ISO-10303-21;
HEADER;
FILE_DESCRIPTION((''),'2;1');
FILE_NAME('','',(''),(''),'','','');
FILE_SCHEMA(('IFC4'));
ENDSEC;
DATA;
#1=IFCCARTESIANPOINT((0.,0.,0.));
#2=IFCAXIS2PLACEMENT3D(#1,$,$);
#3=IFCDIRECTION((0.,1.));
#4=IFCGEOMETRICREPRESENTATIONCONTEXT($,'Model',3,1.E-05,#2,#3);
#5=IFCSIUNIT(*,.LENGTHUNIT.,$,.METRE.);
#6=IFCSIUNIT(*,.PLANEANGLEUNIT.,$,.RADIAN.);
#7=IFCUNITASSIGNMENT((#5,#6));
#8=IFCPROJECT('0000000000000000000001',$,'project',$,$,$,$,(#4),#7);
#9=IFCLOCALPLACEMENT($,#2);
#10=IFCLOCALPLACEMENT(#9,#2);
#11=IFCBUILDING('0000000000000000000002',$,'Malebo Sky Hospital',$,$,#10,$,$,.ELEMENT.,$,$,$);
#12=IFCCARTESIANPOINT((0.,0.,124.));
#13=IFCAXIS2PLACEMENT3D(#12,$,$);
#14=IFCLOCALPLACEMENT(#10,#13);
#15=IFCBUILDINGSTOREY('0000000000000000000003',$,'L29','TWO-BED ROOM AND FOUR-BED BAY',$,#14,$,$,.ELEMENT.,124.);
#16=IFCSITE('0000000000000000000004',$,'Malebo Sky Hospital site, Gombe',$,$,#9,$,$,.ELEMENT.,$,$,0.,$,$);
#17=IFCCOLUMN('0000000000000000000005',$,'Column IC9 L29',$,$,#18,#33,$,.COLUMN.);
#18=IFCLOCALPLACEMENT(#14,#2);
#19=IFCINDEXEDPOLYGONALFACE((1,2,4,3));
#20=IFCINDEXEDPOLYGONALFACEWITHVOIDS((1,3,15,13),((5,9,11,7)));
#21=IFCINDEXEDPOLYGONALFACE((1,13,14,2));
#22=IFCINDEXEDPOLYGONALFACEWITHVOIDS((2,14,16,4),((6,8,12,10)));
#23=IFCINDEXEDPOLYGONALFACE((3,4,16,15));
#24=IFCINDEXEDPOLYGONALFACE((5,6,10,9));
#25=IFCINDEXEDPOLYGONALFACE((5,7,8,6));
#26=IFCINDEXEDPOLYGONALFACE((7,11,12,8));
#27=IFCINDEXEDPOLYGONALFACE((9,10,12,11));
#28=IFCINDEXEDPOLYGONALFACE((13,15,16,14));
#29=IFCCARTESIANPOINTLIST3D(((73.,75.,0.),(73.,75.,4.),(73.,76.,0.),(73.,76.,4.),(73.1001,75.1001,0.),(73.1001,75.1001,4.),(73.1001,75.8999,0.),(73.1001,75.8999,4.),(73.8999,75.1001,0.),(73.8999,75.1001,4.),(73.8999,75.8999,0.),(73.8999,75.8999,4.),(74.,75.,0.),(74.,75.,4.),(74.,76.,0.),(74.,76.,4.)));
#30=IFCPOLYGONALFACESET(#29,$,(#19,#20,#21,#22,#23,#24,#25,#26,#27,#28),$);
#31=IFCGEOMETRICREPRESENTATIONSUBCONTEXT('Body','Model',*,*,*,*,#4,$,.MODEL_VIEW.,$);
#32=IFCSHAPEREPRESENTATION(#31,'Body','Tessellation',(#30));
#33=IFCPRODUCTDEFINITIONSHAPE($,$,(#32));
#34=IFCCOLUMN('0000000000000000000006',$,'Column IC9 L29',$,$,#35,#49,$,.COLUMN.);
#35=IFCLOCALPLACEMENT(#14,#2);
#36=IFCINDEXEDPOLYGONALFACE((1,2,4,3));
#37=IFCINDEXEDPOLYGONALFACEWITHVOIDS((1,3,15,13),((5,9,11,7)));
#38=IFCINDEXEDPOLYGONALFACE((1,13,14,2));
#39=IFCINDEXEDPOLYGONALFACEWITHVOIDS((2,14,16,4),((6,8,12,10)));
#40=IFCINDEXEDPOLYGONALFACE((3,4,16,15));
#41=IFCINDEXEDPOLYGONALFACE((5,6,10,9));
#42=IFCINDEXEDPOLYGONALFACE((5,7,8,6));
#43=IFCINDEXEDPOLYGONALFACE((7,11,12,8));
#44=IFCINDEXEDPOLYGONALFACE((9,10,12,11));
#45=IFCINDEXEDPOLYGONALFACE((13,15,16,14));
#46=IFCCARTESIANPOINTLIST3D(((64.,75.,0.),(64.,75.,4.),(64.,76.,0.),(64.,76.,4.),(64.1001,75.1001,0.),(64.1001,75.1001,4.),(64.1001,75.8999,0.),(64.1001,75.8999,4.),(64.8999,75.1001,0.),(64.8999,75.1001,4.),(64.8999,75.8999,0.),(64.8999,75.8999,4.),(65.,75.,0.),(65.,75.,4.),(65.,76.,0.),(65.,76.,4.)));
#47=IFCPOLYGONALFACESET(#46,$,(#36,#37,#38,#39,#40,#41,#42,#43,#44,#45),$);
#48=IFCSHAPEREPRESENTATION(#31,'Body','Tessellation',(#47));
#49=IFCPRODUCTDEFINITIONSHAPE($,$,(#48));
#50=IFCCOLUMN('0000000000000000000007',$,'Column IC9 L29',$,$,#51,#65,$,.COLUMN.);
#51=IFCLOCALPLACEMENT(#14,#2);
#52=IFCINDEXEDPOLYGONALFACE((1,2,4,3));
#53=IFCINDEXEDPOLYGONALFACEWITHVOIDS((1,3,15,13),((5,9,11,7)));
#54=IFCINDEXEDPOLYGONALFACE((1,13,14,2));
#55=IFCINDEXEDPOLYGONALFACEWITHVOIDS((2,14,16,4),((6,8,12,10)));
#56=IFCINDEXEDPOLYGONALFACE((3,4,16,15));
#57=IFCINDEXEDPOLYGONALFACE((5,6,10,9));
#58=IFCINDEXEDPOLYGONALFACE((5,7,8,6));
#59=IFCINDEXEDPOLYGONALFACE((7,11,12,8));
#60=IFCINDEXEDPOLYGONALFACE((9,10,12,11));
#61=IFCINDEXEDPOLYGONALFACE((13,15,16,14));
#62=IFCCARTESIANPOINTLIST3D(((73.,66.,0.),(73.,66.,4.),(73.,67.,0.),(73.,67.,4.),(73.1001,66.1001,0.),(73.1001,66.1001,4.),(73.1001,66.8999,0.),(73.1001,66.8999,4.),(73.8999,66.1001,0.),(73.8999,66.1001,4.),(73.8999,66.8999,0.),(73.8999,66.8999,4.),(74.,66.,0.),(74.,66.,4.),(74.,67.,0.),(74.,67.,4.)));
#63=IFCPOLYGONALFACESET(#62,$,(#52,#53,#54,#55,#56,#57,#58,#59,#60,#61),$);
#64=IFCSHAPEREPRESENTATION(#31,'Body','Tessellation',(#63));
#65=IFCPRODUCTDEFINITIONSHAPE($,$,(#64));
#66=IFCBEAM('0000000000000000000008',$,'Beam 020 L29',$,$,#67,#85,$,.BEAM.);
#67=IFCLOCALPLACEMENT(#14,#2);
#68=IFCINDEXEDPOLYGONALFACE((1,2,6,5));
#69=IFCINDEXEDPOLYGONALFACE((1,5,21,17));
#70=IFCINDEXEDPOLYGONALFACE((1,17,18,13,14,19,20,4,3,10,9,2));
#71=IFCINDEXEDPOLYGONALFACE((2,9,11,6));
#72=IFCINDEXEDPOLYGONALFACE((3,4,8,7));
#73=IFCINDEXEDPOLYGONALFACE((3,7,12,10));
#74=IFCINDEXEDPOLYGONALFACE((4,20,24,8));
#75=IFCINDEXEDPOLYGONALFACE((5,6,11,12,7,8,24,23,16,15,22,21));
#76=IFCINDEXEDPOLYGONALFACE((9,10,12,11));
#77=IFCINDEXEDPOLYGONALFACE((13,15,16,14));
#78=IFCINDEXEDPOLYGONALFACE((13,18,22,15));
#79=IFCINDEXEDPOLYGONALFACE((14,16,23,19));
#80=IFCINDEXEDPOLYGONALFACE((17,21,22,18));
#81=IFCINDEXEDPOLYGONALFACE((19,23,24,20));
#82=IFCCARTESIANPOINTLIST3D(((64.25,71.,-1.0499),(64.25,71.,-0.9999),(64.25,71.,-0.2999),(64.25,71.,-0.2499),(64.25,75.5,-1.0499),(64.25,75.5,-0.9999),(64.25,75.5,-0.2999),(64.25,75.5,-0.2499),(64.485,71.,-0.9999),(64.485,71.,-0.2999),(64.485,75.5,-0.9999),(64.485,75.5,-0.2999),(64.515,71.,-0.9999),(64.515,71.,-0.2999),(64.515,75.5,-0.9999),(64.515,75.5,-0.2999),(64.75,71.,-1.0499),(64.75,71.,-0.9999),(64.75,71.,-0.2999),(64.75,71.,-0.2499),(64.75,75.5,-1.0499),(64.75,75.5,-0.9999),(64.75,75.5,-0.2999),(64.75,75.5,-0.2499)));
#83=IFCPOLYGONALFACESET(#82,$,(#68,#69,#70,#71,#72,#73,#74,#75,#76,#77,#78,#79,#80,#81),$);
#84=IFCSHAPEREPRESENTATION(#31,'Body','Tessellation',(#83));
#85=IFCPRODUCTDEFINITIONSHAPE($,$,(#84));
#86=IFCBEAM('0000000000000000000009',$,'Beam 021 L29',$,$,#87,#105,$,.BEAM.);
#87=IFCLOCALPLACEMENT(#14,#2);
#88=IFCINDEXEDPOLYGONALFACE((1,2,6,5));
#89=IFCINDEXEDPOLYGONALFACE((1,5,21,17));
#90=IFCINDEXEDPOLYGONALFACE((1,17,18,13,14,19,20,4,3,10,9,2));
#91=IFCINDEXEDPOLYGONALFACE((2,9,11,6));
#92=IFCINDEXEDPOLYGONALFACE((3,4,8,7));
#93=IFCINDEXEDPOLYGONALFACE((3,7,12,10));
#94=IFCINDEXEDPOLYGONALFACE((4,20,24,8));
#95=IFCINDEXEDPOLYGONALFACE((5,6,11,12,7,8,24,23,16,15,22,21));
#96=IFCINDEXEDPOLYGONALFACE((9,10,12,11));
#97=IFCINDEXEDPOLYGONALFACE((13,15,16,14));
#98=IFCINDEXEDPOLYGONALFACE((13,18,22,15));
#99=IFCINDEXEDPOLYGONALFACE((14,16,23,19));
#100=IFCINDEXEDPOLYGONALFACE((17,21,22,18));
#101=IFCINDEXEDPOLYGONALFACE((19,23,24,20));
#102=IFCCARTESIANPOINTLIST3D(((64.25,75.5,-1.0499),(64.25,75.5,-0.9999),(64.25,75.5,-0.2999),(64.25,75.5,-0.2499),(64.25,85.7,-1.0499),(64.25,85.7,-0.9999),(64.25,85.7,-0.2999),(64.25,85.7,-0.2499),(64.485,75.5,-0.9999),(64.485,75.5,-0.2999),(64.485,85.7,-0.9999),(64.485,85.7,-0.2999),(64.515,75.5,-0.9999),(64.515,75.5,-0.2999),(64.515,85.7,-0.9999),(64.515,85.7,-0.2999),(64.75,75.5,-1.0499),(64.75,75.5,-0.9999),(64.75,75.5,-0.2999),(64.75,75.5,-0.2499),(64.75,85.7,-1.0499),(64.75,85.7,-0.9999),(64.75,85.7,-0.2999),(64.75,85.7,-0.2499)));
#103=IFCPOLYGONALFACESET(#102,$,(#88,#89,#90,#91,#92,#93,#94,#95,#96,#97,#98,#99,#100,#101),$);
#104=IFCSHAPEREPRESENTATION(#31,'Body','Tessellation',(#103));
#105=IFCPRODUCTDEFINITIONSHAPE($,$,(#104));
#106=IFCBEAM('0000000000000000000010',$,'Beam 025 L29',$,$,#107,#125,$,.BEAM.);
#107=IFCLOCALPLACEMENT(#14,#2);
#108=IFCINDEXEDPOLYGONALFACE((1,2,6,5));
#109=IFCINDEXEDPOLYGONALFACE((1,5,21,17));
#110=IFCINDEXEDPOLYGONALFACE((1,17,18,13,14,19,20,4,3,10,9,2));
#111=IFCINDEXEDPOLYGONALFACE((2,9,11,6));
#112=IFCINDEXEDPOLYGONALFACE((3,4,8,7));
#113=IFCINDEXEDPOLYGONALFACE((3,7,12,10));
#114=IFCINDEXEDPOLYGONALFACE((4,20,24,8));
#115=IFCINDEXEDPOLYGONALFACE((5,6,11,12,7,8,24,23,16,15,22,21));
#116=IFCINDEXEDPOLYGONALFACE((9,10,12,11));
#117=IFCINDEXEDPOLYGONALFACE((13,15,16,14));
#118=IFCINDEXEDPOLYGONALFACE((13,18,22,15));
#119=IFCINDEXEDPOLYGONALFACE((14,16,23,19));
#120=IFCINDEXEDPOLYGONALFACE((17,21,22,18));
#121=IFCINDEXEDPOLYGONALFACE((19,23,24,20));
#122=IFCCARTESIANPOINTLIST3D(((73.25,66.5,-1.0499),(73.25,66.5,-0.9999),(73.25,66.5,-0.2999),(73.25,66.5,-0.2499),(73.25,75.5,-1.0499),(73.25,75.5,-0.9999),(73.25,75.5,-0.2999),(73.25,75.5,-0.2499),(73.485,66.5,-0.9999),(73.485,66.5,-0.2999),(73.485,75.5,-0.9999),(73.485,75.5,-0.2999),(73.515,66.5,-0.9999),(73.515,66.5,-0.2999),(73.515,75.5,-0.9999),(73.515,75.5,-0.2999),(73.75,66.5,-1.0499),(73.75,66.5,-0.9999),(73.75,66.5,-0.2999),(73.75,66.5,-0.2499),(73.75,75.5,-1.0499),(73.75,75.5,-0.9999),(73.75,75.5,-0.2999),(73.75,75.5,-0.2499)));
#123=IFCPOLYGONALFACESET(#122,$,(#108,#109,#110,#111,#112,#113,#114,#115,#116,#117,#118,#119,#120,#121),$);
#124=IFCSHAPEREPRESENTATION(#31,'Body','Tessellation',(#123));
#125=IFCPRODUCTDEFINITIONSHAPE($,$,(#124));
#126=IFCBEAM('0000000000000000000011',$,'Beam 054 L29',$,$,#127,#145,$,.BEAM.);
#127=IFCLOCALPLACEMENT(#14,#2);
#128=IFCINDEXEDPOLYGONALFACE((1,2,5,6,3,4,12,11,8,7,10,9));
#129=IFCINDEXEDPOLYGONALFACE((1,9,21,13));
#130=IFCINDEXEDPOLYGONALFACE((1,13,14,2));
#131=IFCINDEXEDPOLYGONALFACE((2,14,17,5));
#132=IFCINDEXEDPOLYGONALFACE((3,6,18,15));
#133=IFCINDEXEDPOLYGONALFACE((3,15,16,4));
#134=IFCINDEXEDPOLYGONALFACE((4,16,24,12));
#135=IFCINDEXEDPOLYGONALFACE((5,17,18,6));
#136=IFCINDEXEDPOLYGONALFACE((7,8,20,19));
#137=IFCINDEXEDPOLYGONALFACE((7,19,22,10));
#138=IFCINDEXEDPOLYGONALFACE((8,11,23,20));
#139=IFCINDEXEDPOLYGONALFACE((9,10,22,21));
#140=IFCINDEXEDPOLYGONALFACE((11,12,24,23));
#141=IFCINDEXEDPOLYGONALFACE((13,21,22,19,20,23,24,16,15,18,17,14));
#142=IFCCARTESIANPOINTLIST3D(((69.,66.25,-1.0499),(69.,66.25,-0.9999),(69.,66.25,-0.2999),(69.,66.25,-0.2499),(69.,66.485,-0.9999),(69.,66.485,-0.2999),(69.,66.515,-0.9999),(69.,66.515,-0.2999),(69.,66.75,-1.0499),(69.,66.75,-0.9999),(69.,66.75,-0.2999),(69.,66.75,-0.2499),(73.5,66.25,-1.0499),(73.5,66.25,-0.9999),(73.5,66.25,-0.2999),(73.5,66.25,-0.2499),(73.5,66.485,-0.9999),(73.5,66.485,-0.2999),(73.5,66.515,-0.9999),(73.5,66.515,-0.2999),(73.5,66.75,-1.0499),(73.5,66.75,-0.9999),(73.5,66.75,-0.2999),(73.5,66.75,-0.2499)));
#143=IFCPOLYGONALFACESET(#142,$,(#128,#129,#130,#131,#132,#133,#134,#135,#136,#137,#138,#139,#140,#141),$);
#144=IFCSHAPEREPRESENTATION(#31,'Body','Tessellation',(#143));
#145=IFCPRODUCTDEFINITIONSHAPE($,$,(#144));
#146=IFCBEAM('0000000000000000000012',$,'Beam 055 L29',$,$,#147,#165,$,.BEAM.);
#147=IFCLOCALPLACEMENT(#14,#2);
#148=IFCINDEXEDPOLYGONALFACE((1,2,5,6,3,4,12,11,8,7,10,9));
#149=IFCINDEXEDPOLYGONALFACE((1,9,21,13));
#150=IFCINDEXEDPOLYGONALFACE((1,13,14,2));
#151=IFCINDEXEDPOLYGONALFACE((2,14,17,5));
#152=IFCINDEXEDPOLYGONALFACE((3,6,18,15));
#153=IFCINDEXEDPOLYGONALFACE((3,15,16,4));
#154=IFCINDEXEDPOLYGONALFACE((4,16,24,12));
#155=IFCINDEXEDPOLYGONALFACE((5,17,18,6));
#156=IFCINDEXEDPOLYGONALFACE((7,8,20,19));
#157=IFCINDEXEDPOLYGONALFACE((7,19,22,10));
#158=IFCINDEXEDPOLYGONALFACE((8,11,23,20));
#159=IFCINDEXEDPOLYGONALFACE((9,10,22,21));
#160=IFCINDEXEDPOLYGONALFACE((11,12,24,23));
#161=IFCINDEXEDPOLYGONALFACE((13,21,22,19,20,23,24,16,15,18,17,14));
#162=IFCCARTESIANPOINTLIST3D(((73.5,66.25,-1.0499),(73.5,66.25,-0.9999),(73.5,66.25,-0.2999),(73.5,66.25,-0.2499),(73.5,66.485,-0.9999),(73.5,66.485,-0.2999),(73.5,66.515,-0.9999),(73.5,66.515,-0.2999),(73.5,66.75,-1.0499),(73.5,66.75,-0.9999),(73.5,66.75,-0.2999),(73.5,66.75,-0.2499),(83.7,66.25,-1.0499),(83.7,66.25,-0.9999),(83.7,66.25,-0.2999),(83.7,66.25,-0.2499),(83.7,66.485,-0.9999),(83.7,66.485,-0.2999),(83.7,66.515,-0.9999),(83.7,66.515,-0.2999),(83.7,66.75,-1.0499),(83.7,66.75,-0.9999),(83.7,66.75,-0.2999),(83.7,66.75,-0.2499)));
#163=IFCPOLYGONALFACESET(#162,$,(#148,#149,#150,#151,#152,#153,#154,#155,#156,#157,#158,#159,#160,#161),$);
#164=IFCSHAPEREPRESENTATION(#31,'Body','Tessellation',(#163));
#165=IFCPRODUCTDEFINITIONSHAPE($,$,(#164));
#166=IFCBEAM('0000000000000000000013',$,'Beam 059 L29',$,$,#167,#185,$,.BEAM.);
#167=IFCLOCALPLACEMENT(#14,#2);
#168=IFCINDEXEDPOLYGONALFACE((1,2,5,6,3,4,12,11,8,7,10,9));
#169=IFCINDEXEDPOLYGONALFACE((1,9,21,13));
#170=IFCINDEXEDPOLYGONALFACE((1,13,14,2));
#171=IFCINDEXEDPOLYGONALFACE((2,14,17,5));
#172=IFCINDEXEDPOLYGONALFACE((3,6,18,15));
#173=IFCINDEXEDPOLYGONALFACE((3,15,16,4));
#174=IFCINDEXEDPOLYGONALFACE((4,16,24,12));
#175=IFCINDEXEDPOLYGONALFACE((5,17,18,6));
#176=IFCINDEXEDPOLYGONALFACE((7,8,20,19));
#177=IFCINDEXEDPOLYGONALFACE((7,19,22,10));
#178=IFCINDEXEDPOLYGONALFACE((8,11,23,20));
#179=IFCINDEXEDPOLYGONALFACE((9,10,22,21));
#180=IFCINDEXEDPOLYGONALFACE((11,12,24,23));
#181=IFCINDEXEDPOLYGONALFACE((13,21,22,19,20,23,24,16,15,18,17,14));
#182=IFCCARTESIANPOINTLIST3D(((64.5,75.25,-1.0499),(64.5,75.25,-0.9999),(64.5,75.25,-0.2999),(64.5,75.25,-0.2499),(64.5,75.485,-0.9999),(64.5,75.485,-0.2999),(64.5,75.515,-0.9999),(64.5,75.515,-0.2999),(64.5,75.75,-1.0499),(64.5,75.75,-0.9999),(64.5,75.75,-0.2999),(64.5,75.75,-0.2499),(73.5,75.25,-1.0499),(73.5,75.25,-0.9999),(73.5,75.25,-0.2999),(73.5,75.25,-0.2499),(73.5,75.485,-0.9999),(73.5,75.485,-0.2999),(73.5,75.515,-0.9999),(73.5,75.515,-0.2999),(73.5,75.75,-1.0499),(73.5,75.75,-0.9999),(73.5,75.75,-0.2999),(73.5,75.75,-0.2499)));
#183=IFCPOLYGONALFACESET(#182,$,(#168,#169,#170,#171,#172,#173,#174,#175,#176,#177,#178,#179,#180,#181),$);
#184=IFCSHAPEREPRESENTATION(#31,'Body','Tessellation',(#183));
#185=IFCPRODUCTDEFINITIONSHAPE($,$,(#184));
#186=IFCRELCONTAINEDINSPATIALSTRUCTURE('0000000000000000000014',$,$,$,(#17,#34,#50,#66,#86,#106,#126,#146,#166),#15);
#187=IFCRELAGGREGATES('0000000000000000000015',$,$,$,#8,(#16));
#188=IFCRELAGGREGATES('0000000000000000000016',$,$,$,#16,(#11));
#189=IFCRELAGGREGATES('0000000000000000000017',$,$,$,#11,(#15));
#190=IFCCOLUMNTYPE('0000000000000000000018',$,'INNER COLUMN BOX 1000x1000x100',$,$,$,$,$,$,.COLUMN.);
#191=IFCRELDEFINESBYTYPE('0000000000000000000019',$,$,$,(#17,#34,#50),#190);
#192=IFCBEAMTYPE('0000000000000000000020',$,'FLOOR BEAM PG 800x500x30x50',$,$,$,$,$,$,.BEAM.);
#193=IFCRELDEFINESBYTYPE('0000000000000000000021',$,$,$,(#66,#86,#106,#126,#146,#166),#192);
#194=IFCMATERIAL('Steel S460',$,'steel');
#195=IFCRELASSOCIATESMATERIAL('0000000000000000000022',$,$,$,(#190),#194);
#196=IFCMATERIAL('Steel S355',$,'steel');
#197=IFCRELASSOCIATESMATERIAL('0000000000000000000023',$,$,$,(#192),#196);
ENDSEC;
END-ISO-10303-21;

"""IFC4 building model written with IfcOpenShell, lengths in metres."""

from ifc_helpers import new_model, si_unit, direction, frame, origin, origin_2d, place, context, subcontext, project, spatial, hollow_rectangle, i_section, extrude, material, material_profile, profile_set, type_object, element, save


model = new_model("IFC4")

# Units and contexts
model_context = context("Model", 3, precision=1e-05, world=origin(), true_north=direction((0.0, 1.0)))
body_context = subcontext(model_context, "Body", "Model", "MODEL_VIEW")
ifc_project = project(units=[si_unit("LENGTHUNIT", "METRE"), si_unit("PLANEANGLEUNIT", "RADIAN")], contexts=[model_context])

# Site, building, storey
site_placement = place(None, origin())
site = spatial("IfcSite", under=ifc_project, at=site_placement, Name="Malebo Sky Hospital site, Gombe", CompositionType="ELEMENT", RefElevation=0.0)
building_placement = place(site_placement, origin())
building = spatial("IfcBuilding", under=site, at=building_placement, Name="Malebo Sky Hospital", CompositionType="ELEMENT")
storey_placement = place(building_placement, frame((0.0, 0.0, 124.0)))
storey = spatial("IfcBuildingStorey", under=building, at=storey_placement, Name="L29", Description="TWO-BED ROOM AND FOUR-BED BAY", CompositionType="ELEMENT", Elevation=124.0)

# Columns
ifc_material_1 = material(Name="Steel S460", Category="steel")
ifc_material_profile_1 = material_profile(ifc_material_1, hollow_rectangle(XDim=1.0, YDim=1.0, WallThickness=0.1001, at=origin_2d()), Name="BOX 1000x1000x100")
ifc_profile_set_1 = profile_set([ifc_material_profile_1], Name="Steel S460")
column_type = type_object("IfcColumnType", Name="INNER COLUMN BOX 1000x1000x100", PredefinedType="COLUMN", material=ifc_profile_set_1)
for number, where, z_axis, x_axis, name in (
    (1, (73.5, 75.5, 0.0), (0.0, 0.0, 1.0), (1.0, 0.0, 0.0), "Column IC9 L29"),
    (2, (64.5, 75.5, 0.0), (0.0, 0.0, 1.0), (1.0, 0.0, 0.0), "Column IC9 L29"),
    (3, (73.5, 66.5, 0.0), (0.0, 0.0, 1.0), (1.0, 0.0, 0.0), "Column IC9 L29"),
):
    element("IfcColumn", number, at=place(storey_placement, frame(where, z_axis=z_axis, x_axis=x_axis)), inside=storey, type_object=column_type, Name=name, PredefinedType="COLUMN", context=body_context, shape_type="SweptSolid", body=[
        extrude(hollow_rectangle(XDim=1.0, YDim=1.0, WallThickness=0.1001, at=origin_2d()), origin(), (0.0, 0.0, 1.0), 4.0),
    ])

# Beams
ifc_material_2 = material(Name="Steel S355", Category="steel")
ifc_material_profile_2 = material_profile(ifc_material_2, i_section(OverallWidth=0.5, OverallDepth=0.8, WebThickness=0.03, FlangeThickness=0.05, at=origin_2d()), Name="PG 800x500x30x50")
ifc_profile_set_2 = profile_set([ifc_material_profile_2], Name="Steel S355")
beam_type_1 = type_object("IfcBeamType", Name="FLOOR BEAM PG 800x500x30x50", PredefinedType="BEAM", material=ifc_profile_set_2)
beam_1_placement = place(storey_placement, frame((64.5, 71.0, -0.6499), z_axis=(0.0, 1.0, 0.0), x_axis=(-1.0, 0.0, 0.0)))
element("IfcBeam", 4, at=beam_1_placement, inside=storey, type_object=beam_type_1, Name="Beam 020 L29", PredefinedType="BEAM", context=body_context, shape_type="SweptSolid", body=[
    extrude(i_section(OverallWidth=0.5, OverallDepth=0.8, WebThickness=0.03, FlangeThickness=0.05, at=origin_2d()), origin(), (0.0, 0.0, 1.0), 4.5),
])
beam_2_placement = place(storey_placement, frame((64.5, 75.5, -0.6499), z_axis=(0.0, 1.0, 0.0), x_axis=(-1.0, 0.0, 0.0)))
element("IfcBeam", 5, at=beam_2_placement, inside=storey, type_object=beam_type_1, Name="Beam 021 L29", PredefinedType="BEAM", context=body_context, shape_type="SweptSolid", body=[
    extrude(i_section(OverallWidth=0.5, OverallDepth=0.8, WebThickness=0.03, FlangeThickness=0.05, at=origin_2d()), origin(), (0.0, 0.0, 1.0), 10.2),
])
beam_3_placement = place(storey_placement, frame((73.5, 66.5, -0.6499), z_axis=(0.0, 1.0, 0.0), x_axis=(-1.0, 0.0, 0.0)))
element("IfcBeam", 6, at=beam_3_placement, inside=storey, type_object=beam_type_1, Name="Beam 025 L29", PredefinedType="BEAM", context=body_context, shape_type="SweptSolid", body=[
    extrude(i_section(OverallWidth=0.5, OverallDepth=0.8, WebThickness=0.03, FlangeThickness=0.05, at=origin_2d()), origin(), (0.0, 0.0, 1.0), 9.0),
])
beam_4_placement = place(storey_placement, frame((69.0, 66.5, -0.6499), z_axis=(1.0, 0.0, 0.0), x_axis=(0.0, 1.0, 0.0)))
element("IfcBeam", 7, at=beam_4_placement, inside=storey, type_object=beam_type_1, Name="Beam 054 L29", PredefinedType="BEAM", context=body_context, shape_type="SweptSolid", body=[
    extrude(i_section(OverallWidth=0.5, OverallDepth=0.8, WebThickness=0.03, FlangeThickness=0.05, at=origin_2d()), origin(), (0.0, 0.0, 1.0), 4.5),
])
beam_5_placement = place(storey_placement, frame((73.5, 66.5, -0.6499), z_axis=(1.0, 0.0, 0.0), x_axis=(0.0, 1.0, 0.0)))
element("IfcBeam", 8, at=beam_5_placement, inside=storey, type_object=beam_type_1, Name="Beam 055 L29", PredefinedType="BEAM", context=body_context, shape_type="SweptSolid", body=[
    extrude(i_section(OverallWidth=0.5, OverallDepth=0.8, WebThickness=0.03, FlangeThickness=0.05, at=origin_2d()), origin(), (0.0, 0.0, 1.0), 10.2),
])
beam_6_placement = place(storey_placement, frame((64.5, 75.5, -0.6499), z_axis=(1.0, 0.0, 0.0), x_axis=(0.0, 1.0, 0.0)))
element("IfcBeam", 9, at=beam_6_placement, inside=storey, type_object=beam_type_1, Name="Beam 059 L29", PredefinedType="BEAM", context=body_context, shape_type="SweptSolid", body=[
    extrude(i_section(OverallWidth=0.5, OverallDepth=0.8, WebThickness=0.03, FlangeThickness=0.05, at=origin_2d()), origin(), (0.0, 0.0, 1.0), 9.0),
])

save(model, "model.ifc")
